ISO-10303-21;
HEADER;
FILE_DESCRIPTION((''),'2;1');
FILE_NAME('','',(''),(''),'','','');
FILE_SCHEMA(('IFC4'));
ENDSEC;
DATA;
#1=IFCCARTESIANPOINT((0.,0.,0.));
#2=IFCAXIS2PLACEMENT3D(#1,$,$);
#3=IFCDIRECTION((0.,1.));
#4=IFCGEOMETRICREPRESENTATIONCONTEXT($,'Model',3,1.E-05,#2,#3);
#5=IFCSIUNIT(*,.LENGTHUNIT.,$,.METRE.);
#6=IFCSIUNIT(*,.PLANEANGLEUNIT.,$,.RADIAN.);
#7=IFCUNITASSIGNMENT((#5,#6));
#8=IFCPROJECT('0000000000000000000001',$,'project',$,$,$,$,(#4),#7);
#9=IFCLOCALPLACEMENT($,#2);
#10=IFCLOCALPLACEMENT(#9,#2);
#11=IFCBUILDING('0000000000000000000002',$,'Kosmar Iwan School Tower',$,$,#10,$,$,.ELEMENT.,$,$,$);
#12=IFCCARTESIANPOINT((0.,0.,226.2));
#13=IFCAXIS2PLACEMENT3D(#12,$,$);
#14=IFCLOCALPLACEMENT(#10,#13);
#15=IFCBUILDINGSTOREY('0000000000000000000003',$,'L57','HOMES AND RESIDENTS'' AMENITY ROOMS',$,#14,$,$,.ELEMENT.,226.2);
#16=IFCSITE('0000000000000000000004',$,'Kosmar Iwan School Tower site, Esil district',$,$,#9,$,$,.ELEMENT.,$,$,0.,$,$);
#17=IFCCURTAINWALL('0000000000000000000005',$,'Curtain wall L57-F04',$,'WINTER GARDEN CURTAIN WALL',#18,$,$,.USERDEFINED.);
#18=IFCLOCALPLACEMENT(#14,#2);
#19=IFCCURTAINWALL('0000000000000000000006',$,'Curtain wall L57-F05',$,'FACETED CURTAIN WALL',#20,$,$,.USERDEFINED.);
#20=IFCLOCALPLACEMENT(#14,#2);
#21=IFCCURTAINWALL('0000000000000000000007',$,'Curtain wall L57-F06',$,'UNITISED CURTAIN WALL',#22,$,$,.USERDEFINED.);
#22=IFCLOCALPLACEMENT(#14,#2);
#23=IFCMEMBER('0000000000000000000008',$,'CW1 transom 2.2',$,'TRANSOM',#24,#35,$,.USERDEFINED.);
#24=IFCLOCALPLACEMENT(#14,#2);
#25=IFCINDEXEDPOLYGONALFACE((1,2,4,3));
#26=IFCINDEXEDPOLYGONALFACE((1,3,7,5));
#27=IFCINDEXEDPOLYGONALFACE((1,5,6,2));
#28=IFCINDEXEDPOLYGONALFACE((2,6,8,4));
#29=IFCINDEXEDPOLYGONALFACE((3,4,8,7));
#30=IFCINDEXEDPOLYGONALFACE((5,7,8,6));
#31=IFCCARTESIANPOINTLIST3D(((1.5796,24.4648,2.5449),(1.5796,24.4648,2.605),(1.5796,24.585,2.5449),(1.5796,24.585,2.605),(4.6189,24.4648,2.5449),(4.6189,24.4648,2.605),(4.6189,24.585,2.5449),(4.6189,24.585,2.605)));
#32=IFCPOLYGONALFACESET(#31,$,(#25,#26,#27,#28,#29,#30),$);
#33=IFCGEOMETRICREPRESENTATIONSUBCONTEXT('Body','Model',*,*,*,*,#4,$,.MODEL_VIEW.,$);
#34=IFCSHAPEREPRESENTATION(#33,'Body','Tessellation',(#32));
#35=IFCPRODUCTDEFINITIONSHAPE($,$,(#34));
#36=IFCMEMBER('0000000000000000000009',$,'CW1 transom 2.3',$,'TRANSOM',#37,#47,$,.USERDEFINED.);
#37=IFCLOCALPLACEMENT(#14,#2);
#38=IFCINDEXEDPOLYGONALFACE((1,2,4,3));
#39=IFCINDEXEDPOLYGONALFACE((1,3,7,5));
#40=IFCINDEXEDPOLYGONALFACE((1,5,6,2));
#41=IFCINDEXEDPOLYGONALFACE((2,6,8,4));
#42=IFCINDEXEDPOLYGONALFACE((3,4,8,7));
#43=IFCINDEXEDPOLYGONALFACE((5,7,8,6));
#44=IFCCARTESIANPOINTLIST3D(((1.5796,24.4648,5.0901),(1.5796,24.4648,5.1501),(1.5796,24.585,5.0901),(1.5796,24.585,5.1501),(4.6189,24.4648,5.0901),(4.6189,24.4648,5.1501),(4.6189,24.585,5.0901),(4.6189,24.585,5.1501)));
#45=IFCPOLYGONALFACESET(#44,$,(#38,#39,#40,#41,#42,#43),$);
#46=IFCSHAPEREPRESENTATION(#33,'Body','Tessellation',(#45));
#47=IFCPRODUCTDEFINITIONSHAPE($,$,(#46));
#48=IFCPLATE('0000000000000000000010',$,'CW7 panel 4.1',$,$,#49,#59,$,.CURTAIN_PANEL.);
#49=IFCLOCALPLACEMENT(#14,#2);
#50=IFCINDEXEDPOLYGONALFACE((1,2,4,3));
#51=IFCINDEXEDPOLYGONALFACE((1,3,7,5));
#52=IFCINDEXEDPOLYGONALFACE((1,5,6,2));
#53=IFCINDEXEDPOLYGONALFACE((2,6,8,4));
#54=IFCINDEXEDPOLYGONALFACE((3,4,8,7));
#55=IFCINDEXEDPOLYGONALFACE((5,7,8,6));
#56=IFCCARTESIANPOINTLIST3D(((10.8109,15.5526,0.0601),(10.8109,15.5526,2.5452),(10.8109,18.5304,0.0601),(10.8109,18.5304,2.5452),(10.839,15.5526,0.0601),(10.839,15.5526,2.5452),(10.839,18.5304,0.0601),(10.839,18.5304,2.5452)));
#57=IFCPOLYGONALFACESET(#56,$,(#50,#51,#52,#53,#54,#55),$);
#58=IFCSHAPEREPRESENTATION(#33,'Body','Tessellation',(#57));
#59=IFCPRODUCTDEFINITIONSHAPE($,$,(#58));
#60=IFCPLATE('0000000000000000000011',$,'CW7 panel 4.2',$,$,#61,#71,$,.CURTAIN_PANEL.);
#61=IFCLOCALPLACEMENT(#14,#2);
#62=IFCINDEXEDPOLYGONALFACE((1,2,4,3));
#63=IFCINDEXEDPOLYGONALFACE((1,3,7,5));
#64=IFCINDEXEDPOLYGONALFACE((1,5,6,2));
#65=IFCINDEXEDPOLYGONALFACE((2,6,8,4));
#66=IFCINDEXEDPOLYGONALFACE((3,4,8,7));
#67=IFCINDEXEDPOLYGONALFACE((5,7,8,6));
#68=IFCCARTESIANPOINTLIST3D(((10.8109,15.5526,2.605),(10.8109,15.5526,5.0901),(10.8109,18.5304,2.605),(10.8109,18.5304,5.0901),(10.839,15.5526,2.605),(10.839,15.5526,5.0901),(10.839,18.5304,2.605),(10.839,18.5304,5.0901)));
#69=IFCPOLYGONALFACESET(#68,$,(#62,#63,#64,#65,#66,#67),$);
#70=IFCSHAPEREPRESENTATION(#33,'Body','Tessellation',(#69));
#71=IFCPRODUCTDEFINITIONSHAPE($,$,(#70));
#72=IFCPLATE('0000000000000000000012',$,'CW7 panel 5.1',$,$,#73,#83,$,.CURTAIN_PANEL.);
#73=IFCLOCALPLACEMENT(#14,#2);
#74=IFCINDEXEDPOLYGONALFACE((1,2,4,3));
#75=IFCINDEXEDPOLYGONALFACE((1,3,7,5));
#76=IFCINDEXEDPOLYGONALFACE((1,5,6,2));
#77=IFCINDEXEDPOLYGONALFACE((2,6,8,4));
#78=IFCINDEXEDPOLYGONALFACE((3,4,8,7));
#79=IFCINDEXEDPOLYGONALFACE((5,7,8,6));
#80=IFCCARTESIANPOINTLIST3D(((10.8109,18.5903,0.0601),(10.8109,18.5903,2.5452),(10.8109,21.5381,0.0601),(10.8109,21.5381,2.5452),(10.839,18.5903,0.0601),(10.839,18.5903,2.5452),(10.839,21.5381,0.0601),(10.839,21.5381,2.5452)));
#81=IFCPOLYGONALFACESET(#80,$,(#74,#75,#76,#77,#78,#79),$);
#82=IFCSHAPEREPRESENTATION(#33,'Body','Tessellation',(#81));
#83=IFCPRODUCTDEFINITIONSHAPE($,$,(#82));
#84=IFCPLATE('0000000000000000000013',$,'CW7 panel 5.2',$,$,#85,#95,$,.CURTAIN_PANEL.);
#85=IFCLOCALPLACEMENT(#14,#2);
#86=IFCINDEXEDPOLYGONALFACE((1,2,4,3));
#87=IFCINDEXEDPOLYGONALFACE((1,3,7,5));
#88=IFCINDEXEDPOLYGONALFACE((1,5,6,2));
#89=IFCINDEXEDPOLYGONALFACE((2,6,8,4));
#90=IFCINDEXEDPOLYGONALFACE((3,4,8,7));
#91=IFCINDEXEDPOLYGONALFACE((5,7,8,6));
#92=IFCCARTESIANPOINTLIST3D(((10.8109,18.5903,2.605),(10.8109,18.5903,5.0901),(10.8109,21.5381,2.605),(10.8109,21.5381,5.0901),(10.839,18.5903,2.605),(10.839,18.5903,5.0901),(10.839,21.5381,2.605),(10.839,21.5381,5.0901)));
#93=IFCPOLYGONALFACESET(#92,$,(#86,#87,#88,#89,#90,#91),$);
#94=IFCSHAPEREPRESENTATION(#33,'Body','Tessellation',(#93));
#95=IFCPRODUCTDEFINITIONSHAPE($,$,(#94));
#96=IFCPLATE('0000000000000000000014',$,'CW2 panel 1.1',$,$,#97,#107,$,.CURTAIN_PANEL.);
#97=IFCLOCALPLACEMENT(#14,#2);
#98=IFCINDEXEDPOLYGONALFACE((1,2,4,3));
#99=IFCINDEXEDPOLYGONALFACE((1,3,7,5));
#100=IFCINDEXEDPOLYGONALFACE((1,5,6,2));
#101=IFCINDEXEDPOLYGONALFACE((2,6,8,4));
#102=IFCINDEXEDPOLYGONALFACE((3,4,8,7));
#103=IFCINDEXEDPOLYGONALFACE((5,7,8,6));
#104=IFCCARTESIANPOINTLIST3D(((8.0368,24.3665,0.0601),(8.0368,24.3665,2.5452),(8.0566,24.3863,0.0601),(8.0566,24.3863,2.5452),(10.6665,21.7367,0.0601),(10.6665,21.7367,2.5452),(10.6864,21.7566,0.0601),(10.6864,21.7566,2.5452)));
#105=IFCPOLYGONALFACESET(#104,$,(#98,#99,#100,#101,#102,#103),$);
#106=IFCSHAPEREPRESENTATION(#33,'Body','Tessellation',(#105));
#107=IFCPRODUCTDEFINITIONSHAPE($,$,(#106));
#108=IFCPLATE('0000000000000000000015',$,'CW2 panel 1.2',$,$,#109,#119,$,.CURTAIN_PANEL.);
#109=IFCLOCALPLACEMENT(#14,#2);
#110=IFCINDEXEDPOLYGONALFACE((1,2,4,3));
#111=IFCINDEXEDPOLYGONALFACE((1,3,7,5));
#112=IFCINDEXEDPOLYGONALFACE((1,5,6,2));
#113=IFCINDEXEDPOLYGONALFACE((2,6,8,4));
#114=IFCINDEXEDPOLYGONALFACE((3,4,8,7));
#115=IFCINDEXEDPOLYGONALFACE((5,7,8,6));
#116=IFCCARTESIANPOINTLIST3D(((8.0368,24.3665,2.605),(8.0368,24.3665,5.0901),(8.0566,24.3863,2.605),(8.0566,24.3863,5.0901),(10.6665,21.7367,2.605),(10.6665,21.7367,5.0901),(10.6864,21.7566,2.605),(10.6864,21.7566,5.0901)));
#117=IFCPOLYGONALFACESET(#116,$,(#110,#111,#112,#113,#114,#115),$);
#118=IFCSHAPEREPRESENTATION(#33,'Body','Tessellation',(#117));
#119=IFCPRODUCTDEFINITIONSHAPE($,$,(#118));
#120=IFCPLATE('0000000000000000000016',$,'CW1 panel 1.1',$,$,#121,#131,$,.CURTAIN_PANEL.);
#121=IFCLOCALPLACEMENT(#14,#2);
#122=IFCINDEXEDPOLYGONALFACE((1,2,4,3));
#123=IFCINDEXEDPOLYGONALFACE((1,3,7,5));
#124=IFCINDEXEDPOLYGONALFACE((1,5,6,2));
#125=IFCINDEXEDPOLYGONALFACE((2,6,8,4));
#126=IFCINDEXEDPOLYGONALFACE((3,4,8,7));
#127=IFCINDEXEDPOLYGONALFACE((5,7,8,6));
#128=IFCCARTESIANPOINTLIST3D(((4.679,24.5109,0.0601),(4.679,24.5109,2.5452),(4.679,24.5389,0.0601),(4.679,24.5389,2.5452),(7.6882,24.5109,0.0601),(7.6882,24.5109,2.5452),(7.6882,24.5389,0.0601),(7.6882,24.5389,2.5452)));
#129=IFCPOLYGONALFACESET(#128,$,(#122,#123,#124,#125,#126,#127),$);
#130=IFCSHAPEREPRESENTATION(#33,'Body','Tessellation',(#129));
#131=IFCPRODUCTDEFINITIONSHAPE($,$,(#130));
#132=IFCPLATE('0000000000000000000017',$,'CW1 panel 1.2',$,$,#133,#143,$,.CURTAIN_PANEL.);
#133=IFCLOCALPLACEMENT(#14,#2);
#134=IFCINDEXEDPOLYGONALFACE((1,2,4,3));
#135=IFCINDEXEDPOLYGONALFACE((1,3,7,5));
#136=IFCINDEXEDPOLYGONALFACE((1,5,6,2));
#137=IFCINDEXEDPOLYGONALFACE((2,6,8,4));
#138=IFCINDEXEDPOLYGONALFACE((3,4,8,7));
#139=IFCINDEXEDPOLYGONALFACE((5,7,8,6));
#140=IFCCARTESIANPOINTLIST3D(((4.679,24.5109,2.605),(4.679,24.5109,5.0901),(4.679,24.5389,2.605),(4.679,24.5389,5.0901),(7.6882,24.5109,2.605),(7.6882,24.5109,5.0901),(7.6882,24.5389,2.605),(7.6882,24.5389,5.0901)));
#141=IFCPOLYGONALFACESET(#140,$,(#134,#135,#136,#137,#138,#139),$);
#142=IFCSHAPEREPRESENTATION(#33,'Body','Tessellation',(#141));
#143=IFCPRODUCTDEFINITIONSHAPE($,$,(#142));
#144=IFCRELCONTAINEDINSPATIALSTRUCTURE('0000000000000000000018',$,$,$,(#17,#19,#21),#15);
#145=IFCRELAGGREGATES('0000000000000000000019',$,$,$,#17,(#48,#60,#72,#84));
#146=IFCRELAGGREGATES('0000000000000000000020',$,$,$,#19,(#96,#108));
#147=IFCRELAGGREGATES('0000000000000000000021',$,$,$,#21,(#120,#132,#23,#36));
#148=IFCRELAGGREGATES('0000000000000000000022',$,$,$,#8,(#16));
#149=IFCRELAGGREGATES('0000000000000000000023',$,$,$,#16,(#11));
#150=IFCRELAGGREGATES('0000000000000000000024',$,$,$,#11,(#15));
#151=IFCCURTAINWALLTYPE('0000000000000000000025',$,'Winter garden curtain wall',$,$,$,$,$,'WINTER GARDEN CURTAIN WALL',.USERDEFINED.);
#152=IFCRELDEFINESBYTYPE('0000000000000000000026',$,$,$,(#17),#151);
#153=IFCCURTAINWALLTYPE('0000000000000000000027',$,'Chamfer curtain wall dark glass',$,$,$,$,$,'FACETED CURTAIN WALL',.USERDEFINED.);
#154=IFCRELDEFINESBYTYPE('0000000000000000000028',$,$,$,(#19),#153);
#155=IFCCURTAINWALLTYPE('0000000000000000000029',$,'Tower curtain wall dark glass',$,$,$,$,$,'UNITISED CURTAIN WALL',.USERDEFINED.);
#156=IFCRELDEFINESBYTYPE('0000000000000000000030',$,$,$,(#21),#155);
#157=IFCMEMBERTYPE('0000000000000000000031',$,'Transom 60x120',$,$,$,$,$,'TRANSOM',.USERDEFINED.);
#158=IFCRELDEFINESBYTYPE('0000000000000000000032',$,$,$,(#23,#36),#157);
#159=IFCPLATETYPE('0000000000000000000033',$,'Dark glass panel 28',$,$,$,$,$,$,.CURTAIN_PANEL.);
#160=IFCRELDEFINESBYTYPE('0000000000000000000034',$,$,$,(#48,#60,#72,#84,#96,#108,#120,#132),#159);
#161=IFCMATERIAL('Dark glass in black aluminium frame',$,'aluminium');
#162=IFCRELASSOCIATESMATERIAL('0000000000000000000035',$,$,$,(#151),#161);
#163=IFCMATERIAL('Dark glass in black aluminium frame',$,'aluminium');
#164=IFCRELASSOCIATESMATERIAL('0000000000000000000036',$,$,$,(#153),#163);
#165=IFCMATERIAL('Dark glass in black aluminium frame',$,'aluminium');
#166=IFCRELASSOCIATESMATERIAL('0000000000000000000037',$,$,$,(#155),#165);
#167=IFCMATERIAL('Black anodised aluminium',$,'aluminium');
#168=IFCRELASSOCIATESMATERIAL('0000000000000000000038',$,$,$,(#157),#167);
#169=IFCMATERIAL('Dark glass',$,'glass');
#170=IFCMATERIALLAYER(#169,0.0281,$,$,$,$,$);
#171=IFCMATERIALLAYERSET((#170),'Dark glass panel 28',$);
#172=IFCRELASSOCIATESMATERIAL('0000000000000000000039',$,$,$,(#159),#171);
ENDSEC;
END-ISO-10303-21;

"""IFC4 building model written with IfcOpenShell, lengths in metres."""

from ifc_helpers import new_model, si_unit, direction, frame, origin, origin_2d, place, context, subcontext, project, spatial, rectangle, extrude, material, layer, layer_set, material_profile, profile_set, type_object, element, aggregate, save


model = new_model("IFC4")

# Units and contexts
model_context = context("Model", 3, precision=1e-05, world=origin(), true_north=direction((0.0, 1.0)))
body_context = subcontext(model_context, "Body", "Model", "MODEL_VIEW")
ifc_project = project(units=[si_unit("LENGTHUNIT", "METRE"), si_unit("PLANEANGLEUNIT", "RADIAN")], contexts=[model_context])

# Site, building, storey
site_placement = place(None, origin())
site = spatial("IfcSite", under=ifc_project, at=site_placement, Name="Kosmar Iwan School Tower site, Esil district", CompositionType="ELEMENT", RefElevation=0.0)
building_placement = place(site_placement, origin())
building = spatial("IfcBuilding", under=site, at=building_placement, Name="Kosmar Iwan School Tower", CompositionType="ELEMENT")
storey_placement = place(building_placement, frame((0.0, 0.0, 226.2)))
storey = spatial("IfcBuildingStorey", under=building, at=storey_placement, Name="L57", Description="HOMES AND RESIDENTS' AMENITY ROOMS", CompositionType="ELEMENT", Elevation=226.2)

# Curtain walls
ifc_material_1 = material(Name="Dark glass in black aluminium frame", Category="aluminium")
curtain_wall_type_1 = type_object("IfcCurtainWallType", Name="Winter garden curtain wall", ElementType="WINTER GARDEN CURTAIN WALL", PredefinedType="USERDEFINED", material=ifc_material_1)
curtain_wall_1_placement = place(storey_placement, origin())
curtain_wall_1 = element("IfcCurtainWall", 1, at=curtain_wall_1_placement, inside=storey, type_object=curtain_wall_type_1, Name="Curtain wall L57-F04", ObjectType="WINTER GARDEN CURTAIN WALL", PredefinedType="USERDEFINED")
ifc_material_2 = material(Name="Dark glass in black aluminium frame", Category="aluminium")
curtain_wall_type_2 = type_object("IfcCurtainWallType", Name="Chamfer curtain wall dark glass", ElementType="FACETED CURTAIN WALL", PredefinedType="USERDEFINED", material=ifc_material_2)
curtain_wall_2_placement = place(storey_placement, origin())
curtain_wall_2 = element("IfcCurtainWall", 2, at=curtain_wall_2_placement, inside=storey, type_object=curtain_wall_type_2, Name="Curtain wall L57-F05", ObjectType="FACETED CURTAIN WALL", PredefinedType="USERDEFINED")
ifc_material_3 = material(Name="Dark glass in black aluminium frame", Category="aluminium")
curtain_wall_type_3 = type_object("IfcCurtainWallType", Name="Tower curtain wall dark glass", ElementType="UNITISED CURTAIN WALL", PredefinedType="USERDEFINED", material=ifc_material_3)
curtain_wall_3_placement = place(storey_placement, origin())
curtain_wall_3 = element("IfcCurtainWall", 3, at=curtain_wall_3_placement, inside=storey, type_object=curtain_wall_type_3, Name="Curtain wall L57-F06", ObjectType="UNITISED CURTAIN WALL", PredefinedType="USERDEFINED")

# Members
ifc_material_4 = material(Name="Black anodised aluminium", Category="aluminium")
ifc_material_profile_1 = material_profile(ifc_material_4, rectangle(XDim=0.1201, YDim=0.0601, at=origin_2d()), Name="TRANSOM 60x120")
ifc_profile_set_1 = profile_set([ifc_material_profile_1], Name="Black anodised aluminium")
member_type_1 = type_object("IfcMemberType", Name="Transom 60x120", ElementType="TRANSOM", PredefinedType="USERDEFINED", material=ifc_profile_set_1)
member_1_placement = place(storey_placement, frame((4.6189, 24.5249, 2.575), z_axis=(-1.0, 0.0, 0.0), x_axis=(0.0, -1.0, 0.0)))
member_1 = element("IfcMember", 4, at=member_1_placement, type_object=member_type_1, Name="CW1 transom 2.2", ObjectType="TRANSOM", PredefinedType="USERDEFINED", context=body_context, shape_type="SweptSolid", body=[
    extrude(rectangle(XDim=0.1201, YDim=0.0601, at=origin_2d()), origin(), (0.0, 0.0, 1.0), 3.0393),
])
member_2_placement = place(storey_placement, frame((4.6189, 24.5249, 5.1201), z_axis=(-1.0, 0.0, 0.0), x_axis=(0.0, -1.0, 0.0)))
member_2 = element("IfcMember", 5, at=member_2_placement, type_object=member_type_1, Name="CW1 transom 2.3", ObjectType="TRANSOM", PredefinedType="USERDEFINED", context=body_context, shape_type="SweptSolid", body=[
    extrude(rectangle(XDim=0.1201, YDim=0.0601, at=origin_2d()), origin(), (0.0, 0.0, 1.0), 3.0393),
])

# Plates
ifc_material_5 = material(Name="Dark glass", Category="glass")
ifc_layer = layer(ifc_material_5, 0.0281)
ifc_layer_set = layer_set([ifc_layer], Name="Dark glass panel 28")
plate_type = type_object("IfcPlateType", Name="Dark glass panel 28", PredefinedType="CURTAIN_PANEL", material=ifc_layer_set)
plate_1_placement = place(storey_placement, frame((10.825, 17.0415, 0.0601), z_axis=(0.0, 0.0, 1.0), x_axis=(0.0, 1.0, 0.0)))
plate_1 = element("IfcPlate", 6, at=plate_1_placement, type_object=plate_type, Name="CW7 panel 4.1", PredefinedType="CURTAIN_PANEL", context=body_context, shape_type="SweptSolid", body=[
    extrude(rectangle(XDim=2.9778, YDim=0.0281, at=origin_2d()), origin(), (0.0, 0.0, 1.0), 2.4851),
])
plate_2_placement = place(storey_placement, frame((10.825, 17.0415, 2.605), z_axis=(0.0, 0.0, 1.0), x_axis=(0.0, 1.0, 0.0)))
plate_2 = element("IfcPlate", 7, at=plate_2_placement, type_object=plate_type, Name="CW7 panel 4.2", PredefinedType="CURTAIN_PANEL", context=body_context, shape_type="SweptSolid", body=[
    extrude(rectangle(XDim=2.9778, YDim=0.0281, at=origin_2d()), origin(), (0.0, 0.0, 1.0), 2.4851),
])
plate_3_placement = place(storey_placement, frame((10.825, 20.0642, 0.0601), z_axis=(0.0, 0.0, 1.0), x_axis=(0.0, 1.0, 0.0)))
plate_3 = element("IfcPlate", 8, at=plate_3_placement, type_object=plate_type, Name="CW7 panel 5.1", PredefinedType="CURTAIN_PANEL", context=body_context, shape_type="SweptSolid", body=[
    extrude(rectangle(XDim=2.9478, YDim=0.0281, at=origin_2d()), origin(), (0.0, 0.0, 1.0), 2.4851),
])
plate_4_placement = place(storey_placement, frame((10.825, 20.0642, 2.605), z_axis=(0.0, 0.0, 1.0), x_axis=(0.0, 1.0, 0.0)))
plate_4 = element("IfcPlate", 9, at=plate_4_placement, type_object=plate_type, Name="CW7 panel 5.2", PredefinedType="CURTAIN_PANEL", context=body_context, shape_type="SweptSolid", body=[
    extrude(rectangle(XDim=2.9478, YDim=0.0281, at=origin_2d()), origin(), (0.0, 0.0, 1.0), 2.4851),
])
aggregate(curtain_wall_1, [plate_1, plate_2, plate_3, plate_4])
plate_5_placement = place(storey_placement, frame((9.3616, 23.0615, 0.0601), z_axis=(0.0, 0.0, 1.0), x_axis=(-0.707107, 0.707107, 0.0)))
plate_5 = element("IfcPlate", 10, at=plate_5_placement, type_object=plate_type, Name="CW2 panel 1.1", PredefinedType="CURTAIN_PANEL", context=body_context, shape_type="SweptSolid", body=[
    extrude(rectangle(XDim=3.719, YDim=0.0281, at=origin_2d()), origin(), (0.0, 0.0, 1.0), 2.4851),
])
plate_6_placement = place(storey_placement, frame((9.3616, 23.0615, 2.605), z_axis=(0.0, 0.0, 1.0), x_axis=(-0.707107, 0.707107, 0.0)))
plate_6 = element("IfcPlate", 11, at=plate_6_placement, type_object=plate_type, Name="CW2 panel 1.2", PredefinedType="CURTAIN_PANEL", context=body_context, shape_type="SweptSolid", body=[
    extrude(rectangle(XDim=3.719, YDim=0.0281, at=origin_2d()), origin(), (0.0, 0.0, 1.0), 2.4851),
])
aggregate(curtain_wall_2, [plate_5, plate_6])
plate_7_placement = place(storey_placement, frame((6.1836, 24.5249, 0.0601), z_axis=(0.0, 0.0, 1.0), x_axis=(-1.0, 0.0, 0.0)))
plate_7 = element("IfcPlate", 12, at=plate_7_placement, type_object=plate_type, Name="CW1 panel 1.1", PredefinedType="CURTAIN_PANEL", context=body_context, shape_type="SweptSolid", body=[
    extrude(rectangle(XDim=3.0093, YDim=0.0281, at=origin_2d()), origin(), (0.0, 0.0, 1.0), 2.4851),
])
plate_8_placement = place(storey_placement, frame((6.1836, 24.5249, 2.605), z_axis=(0.0, 0.0, 1.0), x_axis=(-1.0, 0.0, 0.0)))
plate_8 = element("IfcPlate", 13, at=plate_8_placement, type_object=plate_type, Name="CW1 panel 1.2", PredefinedType="CURTAIN_PANEL", context=body_context, shape_type="SweptSolid", body=[
    extrude(rectangle(XDim=3.0093, YDim=0.0281, at=origin_2d()), origin(), (0.0, 0.0, 1.0), 2.4851),
])
aggregate(curtain_wall_3, [plate_7, plate_8, member_1, member_2])

save(model, "model.ifc")
